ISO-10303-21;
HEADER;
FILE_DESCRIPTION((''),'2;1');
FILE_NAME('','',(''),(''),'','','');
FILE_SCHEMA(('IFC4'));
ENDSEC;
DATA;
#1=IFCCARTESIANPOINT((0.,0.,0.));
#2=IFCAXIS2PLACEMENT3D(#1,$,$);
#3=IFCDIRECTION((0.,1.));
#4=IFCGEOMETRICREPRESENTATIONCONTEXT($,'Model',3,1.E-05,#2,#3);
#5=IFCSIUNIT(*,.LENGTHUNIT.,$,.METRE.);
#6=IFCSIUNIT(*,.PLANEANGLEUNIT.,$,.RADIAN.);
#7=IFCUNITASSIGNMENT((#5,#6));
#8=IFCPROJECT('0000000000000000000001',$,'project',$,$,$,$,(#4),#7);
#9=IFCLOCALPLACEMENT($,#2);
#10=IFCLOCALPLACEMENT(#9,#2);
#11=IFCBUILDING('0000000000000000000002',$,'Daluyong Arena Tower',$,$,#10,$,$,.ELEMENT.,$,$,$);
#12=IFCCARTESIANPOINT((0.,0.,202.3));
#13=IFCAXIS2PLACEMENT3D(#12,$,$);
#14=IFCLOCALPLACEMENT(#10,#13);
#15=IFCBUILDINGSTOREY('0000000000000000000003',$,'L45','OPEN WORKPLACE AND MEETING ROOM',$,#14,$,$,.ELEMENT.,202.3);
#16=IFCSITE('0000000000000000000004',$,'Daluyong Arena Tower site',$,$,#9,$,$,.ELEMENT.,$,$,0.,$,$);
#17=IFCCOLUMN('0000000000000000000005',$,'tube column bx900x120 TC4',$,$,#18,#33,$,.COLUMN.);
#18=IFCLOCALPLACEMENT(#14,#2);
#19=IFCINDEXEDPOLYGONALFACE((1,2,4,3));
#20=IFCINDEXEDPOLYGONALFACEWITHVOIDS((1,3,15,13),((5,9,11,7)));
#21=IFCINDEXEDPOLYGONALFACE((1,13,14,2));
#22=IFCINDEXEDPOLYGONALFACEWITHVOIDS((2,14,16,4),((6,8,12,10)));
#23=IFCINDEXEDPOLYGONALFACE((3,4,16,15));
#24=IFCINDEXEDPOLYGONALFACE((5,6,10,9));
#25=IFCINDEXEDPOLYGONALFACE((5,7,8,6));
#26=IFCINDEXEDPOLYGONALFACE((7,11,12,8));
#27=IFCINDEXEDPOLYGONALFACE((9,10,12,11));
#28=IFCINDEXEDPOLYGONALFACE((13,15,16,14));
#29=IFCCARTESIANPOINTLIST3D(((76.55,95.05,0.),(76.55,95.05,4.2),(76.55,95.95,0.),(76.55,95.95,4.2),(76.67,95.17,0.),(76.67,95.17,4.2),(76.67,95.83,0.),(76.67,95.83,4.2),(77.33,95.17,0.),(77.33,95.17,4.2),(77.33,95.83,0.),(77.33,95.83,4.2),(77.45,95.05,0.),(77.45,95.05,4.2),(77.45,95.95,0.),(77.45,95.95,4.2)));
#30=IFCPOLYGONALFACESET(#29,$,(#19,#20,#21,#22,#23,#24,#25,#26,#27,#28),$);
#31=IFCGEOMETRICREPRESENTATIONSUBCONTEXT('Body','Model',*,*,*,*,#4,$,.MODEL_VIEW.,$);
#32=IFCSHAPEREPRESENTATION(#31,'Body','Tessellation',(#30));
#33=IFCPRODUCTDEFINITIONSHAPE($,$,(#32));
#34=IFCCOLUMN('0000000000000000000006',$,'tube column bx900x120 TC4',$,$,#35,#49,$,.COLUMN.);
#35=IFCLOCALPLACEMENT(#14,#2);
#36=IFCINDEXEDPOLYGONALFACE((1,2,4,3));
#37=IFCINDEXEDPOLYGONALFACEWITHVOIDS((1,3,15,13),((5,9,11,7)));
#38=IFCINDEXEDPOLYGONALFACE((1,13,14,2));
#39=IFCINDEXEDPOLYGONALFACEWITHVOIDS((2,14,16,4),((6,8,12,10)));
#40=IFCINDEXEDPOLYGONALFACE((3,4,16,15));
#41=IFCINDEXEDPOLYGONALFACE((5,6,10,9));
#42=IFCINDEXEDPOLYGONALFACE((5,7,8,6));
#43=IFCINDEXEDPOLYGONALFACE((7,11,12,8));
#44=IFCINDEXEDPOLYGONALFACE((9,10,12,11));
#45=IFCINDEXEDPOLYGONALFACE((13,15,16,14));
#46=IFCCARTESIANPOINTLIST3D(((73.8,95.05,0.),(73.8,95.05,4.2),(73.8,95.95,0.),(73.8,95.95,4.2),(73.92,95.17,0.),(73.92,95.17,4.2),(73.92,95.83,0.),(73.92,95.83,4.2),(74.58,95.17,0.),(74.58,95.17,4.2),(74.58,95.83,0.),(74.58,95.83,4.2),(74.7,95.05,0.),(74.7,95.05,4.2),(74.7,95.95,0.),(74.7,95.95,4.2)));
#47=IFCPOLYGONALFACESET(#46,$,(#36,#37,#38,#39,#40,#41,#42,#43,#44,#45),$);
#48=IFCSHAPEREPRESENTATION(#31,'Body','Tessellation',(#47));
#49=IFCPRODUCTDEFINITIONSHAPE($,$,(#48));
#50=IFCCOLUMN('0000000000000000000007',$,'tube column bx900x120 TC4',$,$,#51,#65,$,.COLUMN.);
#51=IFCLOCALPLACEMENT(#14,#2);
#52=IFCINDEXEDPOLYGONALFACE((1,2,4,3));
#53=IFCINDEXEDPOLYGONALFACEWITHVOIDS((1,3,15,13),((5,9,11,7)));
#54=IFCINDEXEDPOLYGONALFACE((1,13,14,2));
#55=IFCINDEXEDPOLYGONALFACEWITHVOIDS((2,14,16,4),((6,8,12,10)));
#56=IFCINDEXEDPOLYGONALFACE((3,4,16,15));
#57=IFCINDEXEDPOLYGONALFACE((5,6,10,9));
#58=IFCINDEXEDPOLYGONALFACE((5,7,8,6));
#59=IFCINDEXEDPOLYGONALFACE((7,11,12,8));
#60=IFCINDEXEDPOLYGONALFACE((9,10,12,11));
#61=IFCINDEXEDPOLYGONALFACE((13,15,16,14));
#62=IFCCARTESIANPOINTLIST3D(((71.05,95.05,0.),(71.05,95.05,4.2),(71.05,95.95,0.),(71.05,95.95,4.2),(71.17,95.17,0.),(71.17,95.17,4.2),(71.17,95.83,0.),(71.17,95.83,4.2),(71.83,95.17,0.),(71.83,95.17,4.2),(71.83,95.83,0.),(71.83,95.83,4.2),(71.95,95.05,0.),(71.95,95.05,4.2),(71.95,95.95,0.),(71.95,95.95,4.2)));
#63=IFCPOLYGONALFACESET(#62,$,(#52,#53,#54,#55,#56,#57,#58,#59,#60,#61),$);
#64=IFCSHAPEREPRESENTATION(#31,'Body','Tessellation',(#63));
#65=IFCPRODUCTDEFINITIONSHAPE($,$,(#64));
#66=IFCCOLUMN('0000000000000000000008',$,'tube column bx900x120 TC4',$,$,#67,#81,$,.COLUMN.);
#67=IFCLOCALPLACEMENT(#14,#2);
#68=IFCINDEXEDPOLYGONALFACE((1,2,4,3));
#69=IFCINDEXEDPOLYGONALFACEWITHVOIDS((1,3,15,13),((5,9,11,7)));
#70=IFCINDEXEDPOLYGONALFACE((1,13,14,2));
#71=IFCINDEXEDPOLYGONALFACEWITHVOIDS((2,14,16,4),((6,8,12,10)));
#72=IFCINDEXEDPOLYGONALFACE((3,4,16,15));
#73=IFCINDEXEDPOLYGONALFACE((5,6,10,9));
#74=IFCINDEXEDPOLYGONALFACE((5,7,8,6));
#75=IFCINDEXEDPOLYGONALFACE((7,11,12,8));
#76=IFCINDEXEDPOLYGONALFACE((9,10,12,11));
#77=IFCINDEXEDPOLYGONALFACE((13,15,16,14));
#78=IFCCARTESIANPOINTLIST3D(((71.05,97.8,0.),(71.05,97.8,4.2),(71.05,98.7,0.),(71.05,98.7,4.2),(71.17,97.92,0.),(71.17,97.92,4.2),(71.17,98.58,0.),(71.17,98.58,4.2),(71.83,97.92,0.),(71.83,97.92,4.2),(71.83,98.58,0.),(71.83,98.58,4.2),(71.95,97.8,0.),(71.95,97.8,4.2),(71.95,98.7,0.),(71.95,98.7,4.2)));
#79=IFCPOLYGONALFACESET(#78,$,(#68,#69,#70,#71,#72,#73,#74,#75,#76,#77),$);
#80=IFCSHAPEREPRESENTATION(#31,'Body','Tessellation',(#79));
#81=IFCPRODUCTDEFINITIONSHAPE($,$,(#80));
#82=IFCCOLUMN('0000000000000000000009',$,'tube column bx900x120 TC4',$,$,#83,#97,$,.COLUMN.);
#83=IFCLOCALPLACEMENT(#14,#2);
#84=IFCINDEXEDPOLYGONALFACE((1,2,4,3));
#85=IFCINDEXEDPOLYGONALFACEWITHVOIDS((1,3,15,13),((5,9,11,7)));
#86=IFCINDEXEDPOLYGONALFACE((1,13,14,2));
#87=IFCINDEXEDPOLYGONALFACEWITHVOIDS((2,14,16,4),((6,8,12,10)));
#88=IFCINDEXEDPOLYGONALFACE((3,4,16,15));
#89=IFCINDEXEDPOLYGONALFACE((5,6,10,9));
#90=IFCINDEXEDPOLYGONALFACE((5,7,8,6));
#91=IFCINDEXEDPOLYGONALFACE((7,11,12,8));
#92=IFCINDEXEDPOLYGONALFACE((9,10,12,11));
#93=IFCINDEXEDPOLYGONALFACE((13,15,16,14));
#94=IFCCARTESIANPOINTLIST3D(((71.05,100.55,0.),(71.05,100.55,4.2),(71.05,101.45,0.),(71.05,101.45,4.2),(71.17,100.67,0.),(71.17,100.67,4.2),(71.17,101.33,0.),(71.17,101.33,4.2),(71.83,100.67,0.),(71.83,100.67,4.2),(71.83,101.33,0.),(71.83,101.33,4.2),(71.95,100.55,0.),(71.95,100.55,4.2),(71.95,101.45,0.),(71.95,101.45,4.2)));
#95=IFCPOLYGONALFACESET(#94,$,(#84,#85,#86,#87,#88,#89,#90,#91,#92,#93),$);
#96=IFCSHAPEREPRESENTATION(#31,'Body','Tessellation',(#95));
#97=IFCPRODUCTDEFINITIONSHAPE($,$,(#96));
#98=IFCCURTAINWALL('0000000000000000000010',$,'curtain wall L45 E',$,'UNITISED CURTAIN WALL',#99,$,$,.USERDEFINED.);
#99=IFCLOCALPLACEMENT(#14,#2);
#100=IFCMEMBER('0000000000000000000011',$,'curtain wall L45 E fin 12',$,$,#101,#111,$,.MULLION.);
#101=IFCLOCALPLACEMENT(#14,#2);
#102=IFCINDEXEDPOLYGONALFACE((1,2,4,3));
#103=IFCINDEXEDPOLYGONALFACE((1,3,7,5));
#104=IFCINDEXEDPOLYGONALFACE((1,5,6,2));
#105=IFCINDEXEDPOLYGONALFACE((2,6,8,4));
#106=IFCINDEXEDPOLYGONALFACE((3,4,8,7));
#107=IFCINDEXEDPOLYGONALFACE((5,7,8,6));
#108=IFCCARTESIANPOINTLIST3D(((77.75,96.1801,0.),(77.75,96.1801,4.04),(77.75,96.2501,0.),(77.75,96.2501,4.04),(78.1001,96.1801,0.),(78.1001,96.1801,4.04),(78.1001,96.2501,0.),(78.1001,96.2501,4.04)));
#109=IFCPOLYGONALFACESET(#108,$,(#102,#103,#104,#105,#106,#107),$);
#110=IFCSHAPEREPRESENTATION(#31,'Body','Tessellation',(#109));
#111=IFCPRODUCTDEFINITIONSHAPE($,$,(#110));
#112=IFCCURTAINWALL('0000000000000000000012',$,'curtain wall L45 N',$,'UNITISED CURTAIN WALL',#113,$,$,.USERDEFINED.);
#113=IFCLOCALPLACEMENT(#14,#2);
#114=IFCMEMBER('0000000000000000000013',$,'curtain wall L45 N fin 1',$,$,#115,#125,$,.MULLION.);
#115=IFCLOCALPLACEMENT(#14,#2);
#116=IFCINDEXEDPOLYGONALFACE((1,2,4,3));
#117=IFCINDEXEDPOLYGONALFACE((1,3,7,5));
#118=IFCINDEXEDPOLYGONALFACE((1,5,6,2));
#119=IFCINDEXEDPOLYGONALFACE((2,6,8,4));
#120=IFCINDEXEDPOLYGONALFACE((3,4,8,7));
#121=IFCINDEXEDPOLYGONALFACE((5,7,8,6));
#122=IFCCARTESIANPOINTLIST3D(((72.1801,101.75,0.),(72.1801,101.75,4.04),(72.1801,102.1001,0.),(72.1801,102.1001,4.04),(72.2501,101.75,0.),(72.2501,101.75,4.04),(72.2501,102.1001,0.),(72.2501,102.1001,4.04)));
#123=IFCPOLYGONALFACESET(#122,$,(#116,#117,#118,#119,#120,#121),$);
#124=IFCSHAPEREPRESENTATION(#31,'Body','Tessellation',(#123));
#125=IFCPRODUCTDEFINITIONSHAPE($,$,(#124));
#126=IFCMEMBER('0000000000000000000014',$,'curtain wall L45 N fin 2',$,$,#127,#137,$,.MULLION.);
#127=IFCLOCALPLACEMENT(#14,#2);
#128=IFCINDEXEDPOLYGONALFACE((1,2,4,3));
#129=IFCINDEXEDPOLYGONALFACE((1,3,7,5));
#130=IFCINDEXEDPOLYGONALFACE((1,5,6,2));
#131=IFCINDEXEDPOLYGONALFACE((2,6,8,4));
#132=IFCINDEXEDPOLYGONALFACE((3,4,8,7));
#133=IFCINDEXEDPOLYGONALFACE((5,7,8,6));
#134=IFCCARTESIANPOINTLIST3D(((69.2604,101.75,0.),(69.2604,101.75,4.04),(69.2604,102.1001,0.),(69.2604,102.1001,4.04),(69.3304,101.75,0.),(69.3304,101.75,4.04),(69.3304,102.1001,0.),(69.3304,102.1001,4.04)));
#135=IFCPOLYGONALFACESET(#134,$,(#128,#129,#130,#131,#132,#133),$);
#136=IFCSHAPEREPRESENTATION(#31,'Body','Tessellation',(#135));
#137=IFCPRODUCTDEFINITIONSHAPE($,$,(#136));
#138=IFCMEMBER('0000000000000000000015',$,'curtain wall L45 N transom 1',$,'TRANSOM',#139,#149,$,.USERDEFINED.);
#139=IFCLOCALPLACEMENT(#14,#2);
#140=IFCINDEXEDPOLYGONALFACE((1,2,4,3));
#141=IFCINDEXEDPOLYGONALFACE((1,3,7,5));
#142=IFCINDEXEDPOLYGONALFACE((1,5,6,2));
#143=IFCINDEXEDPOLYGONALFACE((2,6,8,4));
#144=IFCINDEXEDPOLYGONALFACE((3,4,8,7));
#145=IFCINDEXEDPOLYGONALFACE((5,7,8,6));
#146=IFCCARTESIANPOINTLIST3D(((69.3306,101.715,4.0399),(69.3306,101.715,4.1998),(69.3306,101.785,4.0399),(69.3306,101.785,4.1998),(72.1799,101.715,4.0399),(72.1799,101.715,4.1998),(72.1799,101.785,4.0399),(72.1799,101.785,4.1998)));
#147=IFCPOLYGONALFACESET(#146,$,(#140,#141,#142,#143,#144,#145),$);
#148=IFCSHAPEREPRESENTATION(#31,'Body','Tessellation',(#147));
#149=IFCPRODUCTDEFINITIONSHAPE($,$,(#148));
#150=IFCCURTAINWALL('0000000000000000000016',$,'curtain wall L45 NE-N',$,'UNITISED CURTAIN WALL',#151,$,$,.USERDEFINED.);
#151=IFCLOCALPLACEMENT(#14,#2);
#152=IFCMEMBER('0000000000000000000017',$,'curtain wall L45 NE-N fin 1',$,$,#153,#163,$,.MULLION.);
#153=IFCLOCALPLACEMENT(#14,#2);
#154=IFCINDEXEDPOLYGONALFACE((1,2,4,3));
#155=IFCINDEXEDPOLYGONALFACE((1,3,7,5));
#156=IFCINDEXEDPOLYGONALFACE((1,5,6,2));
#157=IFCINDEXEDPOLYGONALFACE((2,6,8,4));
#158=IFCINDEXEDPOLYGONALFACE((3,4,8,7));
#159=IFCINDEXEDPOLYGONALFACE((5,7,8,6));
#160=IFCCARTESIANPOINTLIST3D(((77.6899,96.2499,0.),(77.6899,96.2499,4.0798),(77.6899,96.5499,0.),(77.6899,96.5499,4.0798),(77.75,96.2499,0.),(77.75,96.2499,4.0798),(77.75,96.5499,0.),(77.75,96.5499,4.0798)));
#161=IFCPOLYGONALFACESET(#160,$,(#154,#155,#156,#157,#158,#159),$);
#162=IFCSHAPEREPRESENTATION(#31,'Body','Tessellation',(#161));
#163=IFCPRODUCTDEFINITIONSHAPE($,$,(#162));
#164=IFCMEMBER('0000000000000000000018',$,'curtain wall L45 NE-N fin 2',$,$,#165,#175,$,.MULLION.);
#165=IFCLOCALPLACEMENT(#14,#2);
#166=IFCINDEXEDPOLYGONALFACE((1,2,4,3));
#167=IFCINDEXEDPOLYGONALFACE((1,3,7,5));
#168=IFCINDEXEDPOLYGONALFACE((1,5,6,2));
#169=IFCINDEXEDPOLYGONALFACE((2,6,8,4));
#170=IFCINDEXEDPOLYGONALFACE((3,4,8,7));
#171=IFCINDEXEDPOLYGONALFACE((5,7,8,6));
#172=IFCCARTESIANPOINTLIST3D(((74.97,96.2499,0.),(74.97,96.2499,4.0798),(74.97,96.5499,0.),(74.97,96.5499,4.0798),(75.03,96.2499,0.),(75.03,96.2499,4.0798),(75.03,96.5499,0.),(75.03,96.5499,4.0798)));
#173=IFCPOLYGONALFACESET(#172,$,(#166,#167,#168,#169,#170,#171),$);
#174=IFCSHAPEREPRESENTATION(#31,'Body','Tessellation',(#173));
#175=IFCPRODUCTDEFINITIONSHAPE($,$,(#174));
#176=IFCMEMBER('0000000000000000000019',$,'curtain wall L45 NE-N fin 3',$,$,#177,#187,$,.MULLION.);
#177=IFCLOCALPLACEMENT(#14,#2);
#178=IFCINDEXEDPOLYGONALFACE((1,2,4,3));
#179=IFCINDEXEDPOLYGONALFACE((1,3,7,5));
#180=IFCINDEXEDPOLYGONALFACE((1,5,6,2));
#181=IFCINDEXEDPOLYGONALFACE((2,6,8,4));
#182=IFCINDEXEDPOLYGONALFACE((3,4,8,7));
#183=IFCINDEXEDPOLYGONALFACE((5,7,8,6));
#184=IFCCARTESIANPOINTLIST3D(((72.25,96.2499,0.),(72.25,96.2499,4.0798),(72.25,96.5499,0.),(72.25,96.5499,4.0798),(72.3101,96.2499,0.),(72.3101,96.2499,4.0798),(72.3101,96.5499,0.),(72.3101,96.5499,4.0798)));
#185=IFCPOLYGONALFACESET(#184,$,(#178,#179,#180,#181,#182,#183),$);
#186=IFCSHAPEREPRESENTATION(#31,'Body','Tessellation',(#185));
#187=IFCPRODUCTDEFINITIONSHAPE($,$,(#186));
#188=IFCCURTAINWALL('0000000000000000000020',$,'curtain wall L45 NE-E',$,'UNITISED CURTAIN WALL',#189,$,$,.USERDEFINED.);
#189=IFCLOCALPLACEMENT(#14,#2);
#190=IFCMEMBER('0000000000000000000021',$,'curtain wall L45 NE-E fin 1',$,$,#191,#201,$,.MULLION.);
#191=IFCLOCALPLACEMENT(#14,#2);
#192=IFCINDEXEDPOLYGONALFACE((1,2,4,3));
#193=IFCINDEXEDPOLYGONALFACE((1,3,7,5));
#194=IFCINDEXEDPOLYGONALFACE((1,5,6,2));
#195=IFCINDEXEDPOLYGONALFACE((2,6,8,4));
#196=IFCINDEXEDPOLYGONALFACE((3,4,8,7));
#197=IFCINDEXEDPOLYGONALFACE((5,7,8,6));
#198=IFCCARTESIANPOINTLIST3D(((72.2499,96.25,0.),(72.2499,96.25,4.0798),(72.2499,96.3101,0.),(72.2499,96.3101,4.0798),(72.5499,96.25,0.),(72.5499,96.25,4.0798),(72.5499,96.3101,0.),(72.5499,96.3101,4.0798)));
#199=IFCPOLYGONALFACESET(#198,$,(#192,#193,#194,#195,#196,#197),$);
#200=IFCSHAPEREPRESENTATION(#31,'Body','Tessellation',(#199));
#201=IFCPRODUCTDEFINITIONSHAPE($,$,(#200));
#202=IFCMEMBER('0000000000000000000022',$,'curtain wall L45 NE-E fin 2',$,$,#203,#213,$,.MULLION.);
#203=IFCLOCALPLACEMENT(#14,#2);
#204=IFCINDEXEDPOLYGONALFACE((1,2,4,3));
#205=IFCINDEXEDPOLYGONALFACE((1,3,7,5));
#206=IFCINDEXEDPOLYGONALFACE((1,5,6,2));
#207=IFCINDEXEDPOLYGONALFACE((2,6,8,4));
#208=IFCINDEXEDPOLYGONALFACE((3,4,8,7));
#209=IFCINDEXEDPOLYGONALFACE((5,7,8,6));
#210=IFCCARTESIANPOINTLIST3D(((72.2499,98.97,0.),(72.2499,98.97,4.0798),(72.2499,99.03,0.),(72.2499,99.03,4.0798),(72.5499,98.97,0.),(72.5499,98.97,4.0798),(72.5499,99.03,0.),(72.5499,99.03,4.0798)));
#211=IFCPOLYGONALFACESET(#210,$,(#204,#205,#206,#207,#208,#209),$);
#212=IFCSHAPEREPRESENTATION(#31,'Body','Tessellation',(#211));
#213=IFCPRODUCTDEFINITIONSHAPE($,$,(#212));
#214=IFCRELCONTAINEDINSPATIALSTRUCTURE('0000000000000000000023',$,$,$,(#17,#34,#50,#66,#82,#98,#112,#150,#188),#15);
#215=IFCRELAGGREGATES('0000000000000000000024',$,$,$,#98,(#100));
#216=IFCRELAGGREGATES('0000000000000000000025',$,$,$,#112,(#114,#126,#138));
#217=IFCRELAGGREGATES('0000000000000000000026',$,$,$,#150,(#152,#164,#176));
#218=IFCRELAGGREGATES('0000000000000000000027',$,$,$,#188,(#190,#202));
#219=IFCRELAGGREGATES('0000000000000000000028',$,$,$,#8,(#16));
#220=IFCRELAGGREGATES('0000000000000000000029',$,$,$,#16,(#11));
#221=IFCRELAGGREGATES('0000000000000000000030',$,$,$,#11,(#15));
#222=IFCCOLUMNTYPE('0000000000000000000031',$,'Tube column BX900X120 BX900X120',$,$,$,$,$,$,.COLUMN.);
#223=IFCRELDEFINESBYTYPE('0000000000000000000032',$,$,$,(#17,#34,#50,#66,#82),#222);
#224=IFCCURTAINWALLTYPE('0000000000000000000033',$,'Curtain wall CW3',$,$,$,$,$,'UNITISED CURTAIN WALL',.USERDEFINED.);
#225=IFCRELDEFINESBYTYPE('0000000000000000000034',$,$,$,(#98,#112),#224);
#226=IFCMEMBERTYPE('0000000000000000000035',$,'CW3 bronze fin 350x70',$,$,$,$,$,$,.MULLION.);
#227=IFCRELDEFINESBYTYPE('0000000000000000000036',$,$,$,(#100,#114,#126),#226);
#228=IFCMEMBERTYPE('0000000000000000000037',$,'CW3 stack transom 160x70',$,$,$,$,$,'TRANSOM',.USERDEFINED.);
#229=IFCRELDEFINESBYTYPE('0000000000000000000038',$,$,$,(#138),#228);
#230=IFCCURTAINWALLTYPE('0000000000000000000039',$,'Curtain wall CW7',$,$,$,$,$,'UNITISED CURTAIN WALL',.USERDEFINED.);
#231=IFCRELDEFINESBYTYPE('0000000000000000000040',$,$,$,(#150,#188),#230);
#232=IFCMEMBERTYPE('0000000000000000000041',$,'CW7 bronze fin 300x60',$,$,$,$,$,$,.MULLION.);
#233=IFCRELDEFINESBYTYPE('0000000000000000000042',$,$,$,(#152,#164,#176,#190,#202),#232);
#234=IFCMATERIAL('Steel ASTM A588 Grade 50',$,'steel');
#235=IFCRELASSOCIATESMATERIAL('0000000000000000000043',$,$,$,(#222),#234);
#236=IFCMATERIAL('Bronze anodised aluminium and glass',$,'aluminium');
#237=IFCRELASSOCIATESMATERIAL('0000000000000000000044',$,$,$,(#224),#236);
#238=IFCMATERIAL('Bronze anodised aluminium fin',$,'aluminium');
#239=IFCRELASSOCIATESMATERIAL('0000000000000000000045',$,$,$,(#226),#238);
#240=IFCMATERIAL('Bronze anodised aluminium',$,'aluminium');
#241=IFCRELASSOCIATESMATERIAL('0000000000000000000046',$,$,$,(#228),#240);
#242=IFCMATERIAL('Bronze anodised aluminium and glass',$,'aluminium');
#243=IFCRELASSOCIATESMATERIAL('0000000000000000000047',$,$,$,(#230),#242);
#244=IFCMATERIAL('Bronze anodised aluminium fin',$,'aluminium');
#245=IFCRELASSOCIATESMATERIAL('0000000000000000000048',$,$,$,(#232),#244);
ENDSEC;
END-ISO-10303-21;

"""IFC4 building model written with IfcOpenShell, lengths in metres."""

from ifc_helpers import new_model, si_unit, direction, frame, origin, origin_2d, place, context, subcontext, project, spatial, rectangle, hollow_rectangle, extrude, material, material_profile, profile_set, type_object, element, aggregate, save


model = new_model("IFC4")

# Units and contexts
model_context = context("Model", 3, precision=1e-05, world=origin(), true_north=direction((0.0, 1.0)))
body_context = subcontext(model_context, "Body", "Model", "MODEL_VIEW")
ifc_project = project(units=[si_unit("LENGTHUNIT", "METRE"), si_unit("PLANEANGLEUNIT", "RADIAN")], contexts=[model_context])

# Site, building, storey
site_placement = place(None, origin())
site = spatial("IfcSite", under=ifc_project, at=site_placement, Name="Daluyong Arena Tower site", CompositionType="ELEMENT", RefElevation=0.0)
building_placement = place(site_placement, origin())
building = spatial("IfcBuilding", under=site, at=building_placement, Name="Daluyong Arena Tower", CompositionType="ELEMENT")
storey_placement = place(building_placement, frame((0.0, 0.0, 202.3)))
storey = spatial("IfcBuildingStorey", under=building, at=storey_placement, Name="L45", Description="OPEN WORKPLACE AND MEETING ROOM", CompositionType="ELEMENT", Elevation=202.3)

# Columns
ifc_material_1 = material(Name="Steel ASTM A588 Grade 50", Category="steel")
ifc_material_profile_1 = material_profile(ifc_material_1, hollow_rectangle(XDim=0.8999, YDim=0.8999, WallThickness=0.12, at=origin_2d()))
ifc_profile_set_1 = profile_set([ifc_material_profile_1], Name="Steel ASTM A588 Grade 50")
column_type = type_object("IfcColumnType", Name="Tube column BX900X120 BX900X120", PredefinedType="COLUMN", material=ifc_profile_set_1)
for number, where, z_axis, x_axis, name in (
    (1, (77.0, 95.5, 0.0), (0.0, 0.0, 1.0), (1.0, 0.0, 0.0), "tube column bx900x120 TC4"),
    (2, (74.25, 95.5, 0.0), (0.0, 0.0, 1.0), (1.0, 0.0, 0.0), "tube column bx900x120 TC4"),
    (3, (71.5, 95.5, 0.0), (0.0, 0.0, 1.0), (0.0, 1.0, 0.0), "tube column bx900x120 TC4"),
    (4, (71.5, 98.25, 0.0), (0.0, 0.0, 1.0), (0.0, 1.0, 0.0), "tube column bx900x120 TC4"),
    (5, (71.5, 101.0, 0.0), (0.0, 0.0, 1.0), (1.0, 0.0, 0.0), "tube column bx900x120 TC4"),
):
    element("IfcColumn", number, at=place(storey_placement, frame(where, z_axis=z_axis, x_axis=x_axis)), inside=storey, type_object=column_type, Name=name, PredefinedType="COLUMN", context=body_context, shape_type="SweptSolid", body=[
        extrude(hollow_rectangle(XDim=0.8999, YDim=0.8999, WallThickness=0.12, at=origin_2d()), origin(), (0.0, 0.0, 1.0), 4.2),
    ])

# Curtain wall, member
ifc_material_2 = material(Name="Bronze anodised aluminium and glass", Category="aluminium")
curtain_wall_type_1 = type_object("IfcCurtainWallType", Name="Curtain wall CW3", ElementType="UNITISED CURTAIN WALL", PredefinedType="USERDEFINED", material=ifc_material_2)
curtain_wall_1_placement = place(storey_placement, origin())
curtain_wall_1 = element("IfcCurtainWall", 6, at=curtain_wall_1_placement, inside=storey, type_object=curtain_wall_type_1, Name="curtain wall L45 E", ObjectType="UNITISED CURTAIN WALL", PredefinedType="USERDEFINED")
ifc_material_3 = material(Name="Bronze anodised aluminium fin", Category="aluminium")
ifc_material_profile_2 = material_profile(ifc_material_3, rectangle(XDim=0.3501, YDim=0.0701, at=origin_2d()))
ifc_profile_set_2 = profile_set([ifc_material_profile_2], Name="Bronze anodised aluminium fin")
member_type_1 = type_object("IfcMemberType", Name="CW3 bronze fin 350x70", PredefinedType="MULLION", material=ifc_profile_set_2)
member_1_placement = place(storey_placement, frame((77.925, 96.2151, 0.0), z_axis=(0.0, 0.0, 1.0), x_axis=(-1.0, 0.0, 0.0)))
member_1 = element("IfcMember", 7, at=member_1_placement, type_object=member_type_1, Name="curtain wall L45 E fin 12", PredefinedType="MULLION", context=body_context, shape_type="SweptSolid", body=[
    extrude(rectangle(XDim=0.3501, YDim=0.0701, at=origin_2d()), origin(), (0.0, 0.0, 1.0), 4.04),
])

# Curtain walls, members
curtain_wall_2_placement = place(storey_placement, origin())
curtain_wall_2 = element("IfcCurtainWall", 8, at=curtain_wall_2_placement, inside=storey, type_object=curtain_wall_type_1, Name="curtain wall L45 N", ObjectType="UNITISED CURTAIN WALL", PredefinedType="USERDEFINED")
member_2_placement = place(storey_placement, frame((72.2151, 101.925, 0.0), z_axis=(0.0, 0.0, 1.0), x_axis=(0.0, -1.0, 0.0)))
member_2 = element("IfcMember", 9, at=member_2_placement, type_object=member_type_1, Name="curtain wall L45 N fin 1", PredefinedType="MULLION", context=body_context, shape_type="SweptSolid", body=[
    extrude(rectangle(XDim=0.3501, YDim=0.0701, at=origin_2d()), origin(), (0.0, 0.0, 1.0), 4.04),
])
member_3_placement = place(storey_placement, frame((69.2954, 101.925, 0.0), z_axis=(0.0, 0.0, 1.0), x_axis=(0.0, -1.0, 0.0)))
member_3 = element("IfcMember", 10, at=member_3_placement, type_object=member_type_1, Name="curtain wall L45 N fin 2", PredefinedType="MULLION", context=body_context, shape_type="SweptSolid", body=[
    extrude(rectangle(XDim=0.3501, YDim=0.0701, at=origin_2d()), origin(), (0.0, 0.0, 1.0), 4.04),
])
ifc_material_4 = material(Name="Bronze anodised aluminium", Category="aluminium")
ifc_material_profile_3 = material_profile(ifc_material_4, rectangle(XDim=0.0701, YDim=0.1599, at=origin_2d()))
ifc_profile_set_3 = profile_set([ifc_material_profile_3], Name="Bronze anodised aluminium")
member_type_2 = type_object("IfcMemberType", Name="CW3 stack transom 160x70", ElementType="TRANSOM", PredefinedType="USERDEFINED", material=ifc_profile_set_3)
member_4_placement = place(storey_placement, frame((72.1799, 101.75, 4.1199), z_axis=(-1.0, 0.0, 0.0), x_axis=(0.0, -1.0, 0.0)))
member_4 = element("IfcMember", 11, at=member_4_placement, type_object=member_type_2, Name="curtain wall L45 N transom 1", ObjectType="TRANSOM", PredefinedType="USERDEFINED", context=body_context, shape_type="SweptSolid", body=[
    extrude(rectangle(XDim=0.0701, YDim=0.1599, at=origin_2d()), origin(), (0.0, 0.0, 1.0), 2.8494),
])
ifc_material_5 = material(Name="Bronze anodised aluminium and glass", Category="aluminium")
curtain_wall_type_2 = type_object("IfcCurtainWallType", Name="Curtain wall CW7", ElementType="UNITISED CURTAIN WALL", PredefinedType="USERDEFINED", material=ifc_material_5)
curtain_wall_3_placement = place(storey_placement, origin())
curtain_wall_3 = element("IfcCurtainWall", 12, at=curtain_wall_3_placement, inside=storey, type_object=curtain_wall_type_2, Name="curtain wall L45 NE-N", ObjectType="UNITISED CURTAIN WALL", PredefinedType="USERDEFINED")
ifc_material_6 = material(Name="Bronze anodised aluminium fin", Category="aluminium")
ifc_material_profile_4 = material_profile(ifc_material_6, rectangle(XDim=0.3, YDim=0.0601, at=origin_2d()))
ifc_profile_set_4 = profile_set([ifc_material_profile_4], Name="Bronze anodised aluminium fin")
member_type_3 = type_object("IfcMemberType", Name="CW7 bronze fin 300x60", PredefinedType="MULLION", material=ifc_profile_set_4)
member_5_placement = place(storey_placement, frame((77.72, 96.3999, 0.0), z_axis=(0.0, 0.0, 1.0), x_axis=(0.0, -1.0, 0.0)))
member_5 = element("IfcMember", 13, at=member_5_placement, type_object=member_type_3, Name="curtain wall L45 NE-N fin 1", PredefinedType="MULLION", context=body_context, shape_type="SweptSolid", body=[
    extrude(rectangle(XDim=0.3, YDim=0.0601, at=origin_2d()), origin(), (0.0, 0.0, 1.0), 4.0798),
])
member_6_placement = place(storey_placement, frame((75.0, 96.3999, 0.0), z_axis=(0.0, 0.0, 1.0), x_axis=(0.0, -1.0, 0.0)))
member_6 = element("IfcMember", 14, at=member_6_placement, type_object=member_type_3, Name="curtain wall L45 NE-N fin 2", PredefinedType="MULLION", context=body_context, shape_type="SweptSolid", body=[
    extrude(rectangle(XDim=0.3, YDim=0.0601, at=origin_2d()), origin(), (0.0, 0.0, 1.0), 4.0798),
])
member_7_placement = place(storey_placement, frame((72.28, 96.3999, 0.0), z_axis=(0.0, 0.0, 1.0), x_axis=(0.0, -1.0, 0.0)))
member_7 = element("IfcMember", 15, at=member_7_placement, type_object=member_type_3, Name="curtain wall L45 NE-N fin 3", PredefinedType="MULLION", context=body_context, shape_type="SweptSolid", body=[
    extrude(rectangle(XDim=0.3, YDim=0.0601, at=origin_2d()), origin(), (0.0, 0.0, 1.0), 4.0798),
])
curtain_wall_4_placement = place(storey_placement, origin())
curtain_wall_4 = element("IfcCurtainWall", 16, at=curtain_wall_4_placement, inside=storey, type_object=curtain_wall_type_2, Name="curtain wall L45 NE-E", ObjectType="UNITISED CURTAIN WALL", PredefinedType="USERDEFINED")
member_8_placement = place(storey_placement, frame((72.3999, 96.28, 0.0), z_axis=(0.0, 0.0, 1.0), x_axis=(-1.0, 0.0, 0.0)))
member_8 = element("IfcMember", 17, at=member_8_placement, type_object=member_type_3, Name="curtain wall L45 NE-E fin 1", PredefinedType="MULLION", context=body_context, shape_type="SweptSolid", body=[
    extrude(rectangle(XDim=0.3, YDim=0.0601, at=origin_2d()), origin(), (0.0, 0.0, 1.0), 4.0798),
])
member_9_placement = place(storey_placement, frame((72.3999, 99.0, 0.0), z_axis=(0.0, 0.0, 1.0), x_axis=(-1.0, 0.0, 0.0)))
member_9 = element("IfcMember", 18, at=member_9_placement, type_object=member_type_3, Name="curtain wall L45 NE-E fin 2", PredefinedType="MULLION", context=body_context, shape_type="SweptSolid", body=[
    extrude(rectangle(XDim=0.3, YDim=0.0601, at=origin_2d()), origin(), (0.0, 0.0, 1.0), 4.0798),
])

aggregate(curtain_wall_1, [member_1])
aggregate(curtain_wall_2, [member_2, member_3, member_4])
aggregate(curtain_wall_3, [member_5, member_6, member_7])
aggregate(curtain_wall_4, [member_8, member_9])

save(model, "model.ifc")
